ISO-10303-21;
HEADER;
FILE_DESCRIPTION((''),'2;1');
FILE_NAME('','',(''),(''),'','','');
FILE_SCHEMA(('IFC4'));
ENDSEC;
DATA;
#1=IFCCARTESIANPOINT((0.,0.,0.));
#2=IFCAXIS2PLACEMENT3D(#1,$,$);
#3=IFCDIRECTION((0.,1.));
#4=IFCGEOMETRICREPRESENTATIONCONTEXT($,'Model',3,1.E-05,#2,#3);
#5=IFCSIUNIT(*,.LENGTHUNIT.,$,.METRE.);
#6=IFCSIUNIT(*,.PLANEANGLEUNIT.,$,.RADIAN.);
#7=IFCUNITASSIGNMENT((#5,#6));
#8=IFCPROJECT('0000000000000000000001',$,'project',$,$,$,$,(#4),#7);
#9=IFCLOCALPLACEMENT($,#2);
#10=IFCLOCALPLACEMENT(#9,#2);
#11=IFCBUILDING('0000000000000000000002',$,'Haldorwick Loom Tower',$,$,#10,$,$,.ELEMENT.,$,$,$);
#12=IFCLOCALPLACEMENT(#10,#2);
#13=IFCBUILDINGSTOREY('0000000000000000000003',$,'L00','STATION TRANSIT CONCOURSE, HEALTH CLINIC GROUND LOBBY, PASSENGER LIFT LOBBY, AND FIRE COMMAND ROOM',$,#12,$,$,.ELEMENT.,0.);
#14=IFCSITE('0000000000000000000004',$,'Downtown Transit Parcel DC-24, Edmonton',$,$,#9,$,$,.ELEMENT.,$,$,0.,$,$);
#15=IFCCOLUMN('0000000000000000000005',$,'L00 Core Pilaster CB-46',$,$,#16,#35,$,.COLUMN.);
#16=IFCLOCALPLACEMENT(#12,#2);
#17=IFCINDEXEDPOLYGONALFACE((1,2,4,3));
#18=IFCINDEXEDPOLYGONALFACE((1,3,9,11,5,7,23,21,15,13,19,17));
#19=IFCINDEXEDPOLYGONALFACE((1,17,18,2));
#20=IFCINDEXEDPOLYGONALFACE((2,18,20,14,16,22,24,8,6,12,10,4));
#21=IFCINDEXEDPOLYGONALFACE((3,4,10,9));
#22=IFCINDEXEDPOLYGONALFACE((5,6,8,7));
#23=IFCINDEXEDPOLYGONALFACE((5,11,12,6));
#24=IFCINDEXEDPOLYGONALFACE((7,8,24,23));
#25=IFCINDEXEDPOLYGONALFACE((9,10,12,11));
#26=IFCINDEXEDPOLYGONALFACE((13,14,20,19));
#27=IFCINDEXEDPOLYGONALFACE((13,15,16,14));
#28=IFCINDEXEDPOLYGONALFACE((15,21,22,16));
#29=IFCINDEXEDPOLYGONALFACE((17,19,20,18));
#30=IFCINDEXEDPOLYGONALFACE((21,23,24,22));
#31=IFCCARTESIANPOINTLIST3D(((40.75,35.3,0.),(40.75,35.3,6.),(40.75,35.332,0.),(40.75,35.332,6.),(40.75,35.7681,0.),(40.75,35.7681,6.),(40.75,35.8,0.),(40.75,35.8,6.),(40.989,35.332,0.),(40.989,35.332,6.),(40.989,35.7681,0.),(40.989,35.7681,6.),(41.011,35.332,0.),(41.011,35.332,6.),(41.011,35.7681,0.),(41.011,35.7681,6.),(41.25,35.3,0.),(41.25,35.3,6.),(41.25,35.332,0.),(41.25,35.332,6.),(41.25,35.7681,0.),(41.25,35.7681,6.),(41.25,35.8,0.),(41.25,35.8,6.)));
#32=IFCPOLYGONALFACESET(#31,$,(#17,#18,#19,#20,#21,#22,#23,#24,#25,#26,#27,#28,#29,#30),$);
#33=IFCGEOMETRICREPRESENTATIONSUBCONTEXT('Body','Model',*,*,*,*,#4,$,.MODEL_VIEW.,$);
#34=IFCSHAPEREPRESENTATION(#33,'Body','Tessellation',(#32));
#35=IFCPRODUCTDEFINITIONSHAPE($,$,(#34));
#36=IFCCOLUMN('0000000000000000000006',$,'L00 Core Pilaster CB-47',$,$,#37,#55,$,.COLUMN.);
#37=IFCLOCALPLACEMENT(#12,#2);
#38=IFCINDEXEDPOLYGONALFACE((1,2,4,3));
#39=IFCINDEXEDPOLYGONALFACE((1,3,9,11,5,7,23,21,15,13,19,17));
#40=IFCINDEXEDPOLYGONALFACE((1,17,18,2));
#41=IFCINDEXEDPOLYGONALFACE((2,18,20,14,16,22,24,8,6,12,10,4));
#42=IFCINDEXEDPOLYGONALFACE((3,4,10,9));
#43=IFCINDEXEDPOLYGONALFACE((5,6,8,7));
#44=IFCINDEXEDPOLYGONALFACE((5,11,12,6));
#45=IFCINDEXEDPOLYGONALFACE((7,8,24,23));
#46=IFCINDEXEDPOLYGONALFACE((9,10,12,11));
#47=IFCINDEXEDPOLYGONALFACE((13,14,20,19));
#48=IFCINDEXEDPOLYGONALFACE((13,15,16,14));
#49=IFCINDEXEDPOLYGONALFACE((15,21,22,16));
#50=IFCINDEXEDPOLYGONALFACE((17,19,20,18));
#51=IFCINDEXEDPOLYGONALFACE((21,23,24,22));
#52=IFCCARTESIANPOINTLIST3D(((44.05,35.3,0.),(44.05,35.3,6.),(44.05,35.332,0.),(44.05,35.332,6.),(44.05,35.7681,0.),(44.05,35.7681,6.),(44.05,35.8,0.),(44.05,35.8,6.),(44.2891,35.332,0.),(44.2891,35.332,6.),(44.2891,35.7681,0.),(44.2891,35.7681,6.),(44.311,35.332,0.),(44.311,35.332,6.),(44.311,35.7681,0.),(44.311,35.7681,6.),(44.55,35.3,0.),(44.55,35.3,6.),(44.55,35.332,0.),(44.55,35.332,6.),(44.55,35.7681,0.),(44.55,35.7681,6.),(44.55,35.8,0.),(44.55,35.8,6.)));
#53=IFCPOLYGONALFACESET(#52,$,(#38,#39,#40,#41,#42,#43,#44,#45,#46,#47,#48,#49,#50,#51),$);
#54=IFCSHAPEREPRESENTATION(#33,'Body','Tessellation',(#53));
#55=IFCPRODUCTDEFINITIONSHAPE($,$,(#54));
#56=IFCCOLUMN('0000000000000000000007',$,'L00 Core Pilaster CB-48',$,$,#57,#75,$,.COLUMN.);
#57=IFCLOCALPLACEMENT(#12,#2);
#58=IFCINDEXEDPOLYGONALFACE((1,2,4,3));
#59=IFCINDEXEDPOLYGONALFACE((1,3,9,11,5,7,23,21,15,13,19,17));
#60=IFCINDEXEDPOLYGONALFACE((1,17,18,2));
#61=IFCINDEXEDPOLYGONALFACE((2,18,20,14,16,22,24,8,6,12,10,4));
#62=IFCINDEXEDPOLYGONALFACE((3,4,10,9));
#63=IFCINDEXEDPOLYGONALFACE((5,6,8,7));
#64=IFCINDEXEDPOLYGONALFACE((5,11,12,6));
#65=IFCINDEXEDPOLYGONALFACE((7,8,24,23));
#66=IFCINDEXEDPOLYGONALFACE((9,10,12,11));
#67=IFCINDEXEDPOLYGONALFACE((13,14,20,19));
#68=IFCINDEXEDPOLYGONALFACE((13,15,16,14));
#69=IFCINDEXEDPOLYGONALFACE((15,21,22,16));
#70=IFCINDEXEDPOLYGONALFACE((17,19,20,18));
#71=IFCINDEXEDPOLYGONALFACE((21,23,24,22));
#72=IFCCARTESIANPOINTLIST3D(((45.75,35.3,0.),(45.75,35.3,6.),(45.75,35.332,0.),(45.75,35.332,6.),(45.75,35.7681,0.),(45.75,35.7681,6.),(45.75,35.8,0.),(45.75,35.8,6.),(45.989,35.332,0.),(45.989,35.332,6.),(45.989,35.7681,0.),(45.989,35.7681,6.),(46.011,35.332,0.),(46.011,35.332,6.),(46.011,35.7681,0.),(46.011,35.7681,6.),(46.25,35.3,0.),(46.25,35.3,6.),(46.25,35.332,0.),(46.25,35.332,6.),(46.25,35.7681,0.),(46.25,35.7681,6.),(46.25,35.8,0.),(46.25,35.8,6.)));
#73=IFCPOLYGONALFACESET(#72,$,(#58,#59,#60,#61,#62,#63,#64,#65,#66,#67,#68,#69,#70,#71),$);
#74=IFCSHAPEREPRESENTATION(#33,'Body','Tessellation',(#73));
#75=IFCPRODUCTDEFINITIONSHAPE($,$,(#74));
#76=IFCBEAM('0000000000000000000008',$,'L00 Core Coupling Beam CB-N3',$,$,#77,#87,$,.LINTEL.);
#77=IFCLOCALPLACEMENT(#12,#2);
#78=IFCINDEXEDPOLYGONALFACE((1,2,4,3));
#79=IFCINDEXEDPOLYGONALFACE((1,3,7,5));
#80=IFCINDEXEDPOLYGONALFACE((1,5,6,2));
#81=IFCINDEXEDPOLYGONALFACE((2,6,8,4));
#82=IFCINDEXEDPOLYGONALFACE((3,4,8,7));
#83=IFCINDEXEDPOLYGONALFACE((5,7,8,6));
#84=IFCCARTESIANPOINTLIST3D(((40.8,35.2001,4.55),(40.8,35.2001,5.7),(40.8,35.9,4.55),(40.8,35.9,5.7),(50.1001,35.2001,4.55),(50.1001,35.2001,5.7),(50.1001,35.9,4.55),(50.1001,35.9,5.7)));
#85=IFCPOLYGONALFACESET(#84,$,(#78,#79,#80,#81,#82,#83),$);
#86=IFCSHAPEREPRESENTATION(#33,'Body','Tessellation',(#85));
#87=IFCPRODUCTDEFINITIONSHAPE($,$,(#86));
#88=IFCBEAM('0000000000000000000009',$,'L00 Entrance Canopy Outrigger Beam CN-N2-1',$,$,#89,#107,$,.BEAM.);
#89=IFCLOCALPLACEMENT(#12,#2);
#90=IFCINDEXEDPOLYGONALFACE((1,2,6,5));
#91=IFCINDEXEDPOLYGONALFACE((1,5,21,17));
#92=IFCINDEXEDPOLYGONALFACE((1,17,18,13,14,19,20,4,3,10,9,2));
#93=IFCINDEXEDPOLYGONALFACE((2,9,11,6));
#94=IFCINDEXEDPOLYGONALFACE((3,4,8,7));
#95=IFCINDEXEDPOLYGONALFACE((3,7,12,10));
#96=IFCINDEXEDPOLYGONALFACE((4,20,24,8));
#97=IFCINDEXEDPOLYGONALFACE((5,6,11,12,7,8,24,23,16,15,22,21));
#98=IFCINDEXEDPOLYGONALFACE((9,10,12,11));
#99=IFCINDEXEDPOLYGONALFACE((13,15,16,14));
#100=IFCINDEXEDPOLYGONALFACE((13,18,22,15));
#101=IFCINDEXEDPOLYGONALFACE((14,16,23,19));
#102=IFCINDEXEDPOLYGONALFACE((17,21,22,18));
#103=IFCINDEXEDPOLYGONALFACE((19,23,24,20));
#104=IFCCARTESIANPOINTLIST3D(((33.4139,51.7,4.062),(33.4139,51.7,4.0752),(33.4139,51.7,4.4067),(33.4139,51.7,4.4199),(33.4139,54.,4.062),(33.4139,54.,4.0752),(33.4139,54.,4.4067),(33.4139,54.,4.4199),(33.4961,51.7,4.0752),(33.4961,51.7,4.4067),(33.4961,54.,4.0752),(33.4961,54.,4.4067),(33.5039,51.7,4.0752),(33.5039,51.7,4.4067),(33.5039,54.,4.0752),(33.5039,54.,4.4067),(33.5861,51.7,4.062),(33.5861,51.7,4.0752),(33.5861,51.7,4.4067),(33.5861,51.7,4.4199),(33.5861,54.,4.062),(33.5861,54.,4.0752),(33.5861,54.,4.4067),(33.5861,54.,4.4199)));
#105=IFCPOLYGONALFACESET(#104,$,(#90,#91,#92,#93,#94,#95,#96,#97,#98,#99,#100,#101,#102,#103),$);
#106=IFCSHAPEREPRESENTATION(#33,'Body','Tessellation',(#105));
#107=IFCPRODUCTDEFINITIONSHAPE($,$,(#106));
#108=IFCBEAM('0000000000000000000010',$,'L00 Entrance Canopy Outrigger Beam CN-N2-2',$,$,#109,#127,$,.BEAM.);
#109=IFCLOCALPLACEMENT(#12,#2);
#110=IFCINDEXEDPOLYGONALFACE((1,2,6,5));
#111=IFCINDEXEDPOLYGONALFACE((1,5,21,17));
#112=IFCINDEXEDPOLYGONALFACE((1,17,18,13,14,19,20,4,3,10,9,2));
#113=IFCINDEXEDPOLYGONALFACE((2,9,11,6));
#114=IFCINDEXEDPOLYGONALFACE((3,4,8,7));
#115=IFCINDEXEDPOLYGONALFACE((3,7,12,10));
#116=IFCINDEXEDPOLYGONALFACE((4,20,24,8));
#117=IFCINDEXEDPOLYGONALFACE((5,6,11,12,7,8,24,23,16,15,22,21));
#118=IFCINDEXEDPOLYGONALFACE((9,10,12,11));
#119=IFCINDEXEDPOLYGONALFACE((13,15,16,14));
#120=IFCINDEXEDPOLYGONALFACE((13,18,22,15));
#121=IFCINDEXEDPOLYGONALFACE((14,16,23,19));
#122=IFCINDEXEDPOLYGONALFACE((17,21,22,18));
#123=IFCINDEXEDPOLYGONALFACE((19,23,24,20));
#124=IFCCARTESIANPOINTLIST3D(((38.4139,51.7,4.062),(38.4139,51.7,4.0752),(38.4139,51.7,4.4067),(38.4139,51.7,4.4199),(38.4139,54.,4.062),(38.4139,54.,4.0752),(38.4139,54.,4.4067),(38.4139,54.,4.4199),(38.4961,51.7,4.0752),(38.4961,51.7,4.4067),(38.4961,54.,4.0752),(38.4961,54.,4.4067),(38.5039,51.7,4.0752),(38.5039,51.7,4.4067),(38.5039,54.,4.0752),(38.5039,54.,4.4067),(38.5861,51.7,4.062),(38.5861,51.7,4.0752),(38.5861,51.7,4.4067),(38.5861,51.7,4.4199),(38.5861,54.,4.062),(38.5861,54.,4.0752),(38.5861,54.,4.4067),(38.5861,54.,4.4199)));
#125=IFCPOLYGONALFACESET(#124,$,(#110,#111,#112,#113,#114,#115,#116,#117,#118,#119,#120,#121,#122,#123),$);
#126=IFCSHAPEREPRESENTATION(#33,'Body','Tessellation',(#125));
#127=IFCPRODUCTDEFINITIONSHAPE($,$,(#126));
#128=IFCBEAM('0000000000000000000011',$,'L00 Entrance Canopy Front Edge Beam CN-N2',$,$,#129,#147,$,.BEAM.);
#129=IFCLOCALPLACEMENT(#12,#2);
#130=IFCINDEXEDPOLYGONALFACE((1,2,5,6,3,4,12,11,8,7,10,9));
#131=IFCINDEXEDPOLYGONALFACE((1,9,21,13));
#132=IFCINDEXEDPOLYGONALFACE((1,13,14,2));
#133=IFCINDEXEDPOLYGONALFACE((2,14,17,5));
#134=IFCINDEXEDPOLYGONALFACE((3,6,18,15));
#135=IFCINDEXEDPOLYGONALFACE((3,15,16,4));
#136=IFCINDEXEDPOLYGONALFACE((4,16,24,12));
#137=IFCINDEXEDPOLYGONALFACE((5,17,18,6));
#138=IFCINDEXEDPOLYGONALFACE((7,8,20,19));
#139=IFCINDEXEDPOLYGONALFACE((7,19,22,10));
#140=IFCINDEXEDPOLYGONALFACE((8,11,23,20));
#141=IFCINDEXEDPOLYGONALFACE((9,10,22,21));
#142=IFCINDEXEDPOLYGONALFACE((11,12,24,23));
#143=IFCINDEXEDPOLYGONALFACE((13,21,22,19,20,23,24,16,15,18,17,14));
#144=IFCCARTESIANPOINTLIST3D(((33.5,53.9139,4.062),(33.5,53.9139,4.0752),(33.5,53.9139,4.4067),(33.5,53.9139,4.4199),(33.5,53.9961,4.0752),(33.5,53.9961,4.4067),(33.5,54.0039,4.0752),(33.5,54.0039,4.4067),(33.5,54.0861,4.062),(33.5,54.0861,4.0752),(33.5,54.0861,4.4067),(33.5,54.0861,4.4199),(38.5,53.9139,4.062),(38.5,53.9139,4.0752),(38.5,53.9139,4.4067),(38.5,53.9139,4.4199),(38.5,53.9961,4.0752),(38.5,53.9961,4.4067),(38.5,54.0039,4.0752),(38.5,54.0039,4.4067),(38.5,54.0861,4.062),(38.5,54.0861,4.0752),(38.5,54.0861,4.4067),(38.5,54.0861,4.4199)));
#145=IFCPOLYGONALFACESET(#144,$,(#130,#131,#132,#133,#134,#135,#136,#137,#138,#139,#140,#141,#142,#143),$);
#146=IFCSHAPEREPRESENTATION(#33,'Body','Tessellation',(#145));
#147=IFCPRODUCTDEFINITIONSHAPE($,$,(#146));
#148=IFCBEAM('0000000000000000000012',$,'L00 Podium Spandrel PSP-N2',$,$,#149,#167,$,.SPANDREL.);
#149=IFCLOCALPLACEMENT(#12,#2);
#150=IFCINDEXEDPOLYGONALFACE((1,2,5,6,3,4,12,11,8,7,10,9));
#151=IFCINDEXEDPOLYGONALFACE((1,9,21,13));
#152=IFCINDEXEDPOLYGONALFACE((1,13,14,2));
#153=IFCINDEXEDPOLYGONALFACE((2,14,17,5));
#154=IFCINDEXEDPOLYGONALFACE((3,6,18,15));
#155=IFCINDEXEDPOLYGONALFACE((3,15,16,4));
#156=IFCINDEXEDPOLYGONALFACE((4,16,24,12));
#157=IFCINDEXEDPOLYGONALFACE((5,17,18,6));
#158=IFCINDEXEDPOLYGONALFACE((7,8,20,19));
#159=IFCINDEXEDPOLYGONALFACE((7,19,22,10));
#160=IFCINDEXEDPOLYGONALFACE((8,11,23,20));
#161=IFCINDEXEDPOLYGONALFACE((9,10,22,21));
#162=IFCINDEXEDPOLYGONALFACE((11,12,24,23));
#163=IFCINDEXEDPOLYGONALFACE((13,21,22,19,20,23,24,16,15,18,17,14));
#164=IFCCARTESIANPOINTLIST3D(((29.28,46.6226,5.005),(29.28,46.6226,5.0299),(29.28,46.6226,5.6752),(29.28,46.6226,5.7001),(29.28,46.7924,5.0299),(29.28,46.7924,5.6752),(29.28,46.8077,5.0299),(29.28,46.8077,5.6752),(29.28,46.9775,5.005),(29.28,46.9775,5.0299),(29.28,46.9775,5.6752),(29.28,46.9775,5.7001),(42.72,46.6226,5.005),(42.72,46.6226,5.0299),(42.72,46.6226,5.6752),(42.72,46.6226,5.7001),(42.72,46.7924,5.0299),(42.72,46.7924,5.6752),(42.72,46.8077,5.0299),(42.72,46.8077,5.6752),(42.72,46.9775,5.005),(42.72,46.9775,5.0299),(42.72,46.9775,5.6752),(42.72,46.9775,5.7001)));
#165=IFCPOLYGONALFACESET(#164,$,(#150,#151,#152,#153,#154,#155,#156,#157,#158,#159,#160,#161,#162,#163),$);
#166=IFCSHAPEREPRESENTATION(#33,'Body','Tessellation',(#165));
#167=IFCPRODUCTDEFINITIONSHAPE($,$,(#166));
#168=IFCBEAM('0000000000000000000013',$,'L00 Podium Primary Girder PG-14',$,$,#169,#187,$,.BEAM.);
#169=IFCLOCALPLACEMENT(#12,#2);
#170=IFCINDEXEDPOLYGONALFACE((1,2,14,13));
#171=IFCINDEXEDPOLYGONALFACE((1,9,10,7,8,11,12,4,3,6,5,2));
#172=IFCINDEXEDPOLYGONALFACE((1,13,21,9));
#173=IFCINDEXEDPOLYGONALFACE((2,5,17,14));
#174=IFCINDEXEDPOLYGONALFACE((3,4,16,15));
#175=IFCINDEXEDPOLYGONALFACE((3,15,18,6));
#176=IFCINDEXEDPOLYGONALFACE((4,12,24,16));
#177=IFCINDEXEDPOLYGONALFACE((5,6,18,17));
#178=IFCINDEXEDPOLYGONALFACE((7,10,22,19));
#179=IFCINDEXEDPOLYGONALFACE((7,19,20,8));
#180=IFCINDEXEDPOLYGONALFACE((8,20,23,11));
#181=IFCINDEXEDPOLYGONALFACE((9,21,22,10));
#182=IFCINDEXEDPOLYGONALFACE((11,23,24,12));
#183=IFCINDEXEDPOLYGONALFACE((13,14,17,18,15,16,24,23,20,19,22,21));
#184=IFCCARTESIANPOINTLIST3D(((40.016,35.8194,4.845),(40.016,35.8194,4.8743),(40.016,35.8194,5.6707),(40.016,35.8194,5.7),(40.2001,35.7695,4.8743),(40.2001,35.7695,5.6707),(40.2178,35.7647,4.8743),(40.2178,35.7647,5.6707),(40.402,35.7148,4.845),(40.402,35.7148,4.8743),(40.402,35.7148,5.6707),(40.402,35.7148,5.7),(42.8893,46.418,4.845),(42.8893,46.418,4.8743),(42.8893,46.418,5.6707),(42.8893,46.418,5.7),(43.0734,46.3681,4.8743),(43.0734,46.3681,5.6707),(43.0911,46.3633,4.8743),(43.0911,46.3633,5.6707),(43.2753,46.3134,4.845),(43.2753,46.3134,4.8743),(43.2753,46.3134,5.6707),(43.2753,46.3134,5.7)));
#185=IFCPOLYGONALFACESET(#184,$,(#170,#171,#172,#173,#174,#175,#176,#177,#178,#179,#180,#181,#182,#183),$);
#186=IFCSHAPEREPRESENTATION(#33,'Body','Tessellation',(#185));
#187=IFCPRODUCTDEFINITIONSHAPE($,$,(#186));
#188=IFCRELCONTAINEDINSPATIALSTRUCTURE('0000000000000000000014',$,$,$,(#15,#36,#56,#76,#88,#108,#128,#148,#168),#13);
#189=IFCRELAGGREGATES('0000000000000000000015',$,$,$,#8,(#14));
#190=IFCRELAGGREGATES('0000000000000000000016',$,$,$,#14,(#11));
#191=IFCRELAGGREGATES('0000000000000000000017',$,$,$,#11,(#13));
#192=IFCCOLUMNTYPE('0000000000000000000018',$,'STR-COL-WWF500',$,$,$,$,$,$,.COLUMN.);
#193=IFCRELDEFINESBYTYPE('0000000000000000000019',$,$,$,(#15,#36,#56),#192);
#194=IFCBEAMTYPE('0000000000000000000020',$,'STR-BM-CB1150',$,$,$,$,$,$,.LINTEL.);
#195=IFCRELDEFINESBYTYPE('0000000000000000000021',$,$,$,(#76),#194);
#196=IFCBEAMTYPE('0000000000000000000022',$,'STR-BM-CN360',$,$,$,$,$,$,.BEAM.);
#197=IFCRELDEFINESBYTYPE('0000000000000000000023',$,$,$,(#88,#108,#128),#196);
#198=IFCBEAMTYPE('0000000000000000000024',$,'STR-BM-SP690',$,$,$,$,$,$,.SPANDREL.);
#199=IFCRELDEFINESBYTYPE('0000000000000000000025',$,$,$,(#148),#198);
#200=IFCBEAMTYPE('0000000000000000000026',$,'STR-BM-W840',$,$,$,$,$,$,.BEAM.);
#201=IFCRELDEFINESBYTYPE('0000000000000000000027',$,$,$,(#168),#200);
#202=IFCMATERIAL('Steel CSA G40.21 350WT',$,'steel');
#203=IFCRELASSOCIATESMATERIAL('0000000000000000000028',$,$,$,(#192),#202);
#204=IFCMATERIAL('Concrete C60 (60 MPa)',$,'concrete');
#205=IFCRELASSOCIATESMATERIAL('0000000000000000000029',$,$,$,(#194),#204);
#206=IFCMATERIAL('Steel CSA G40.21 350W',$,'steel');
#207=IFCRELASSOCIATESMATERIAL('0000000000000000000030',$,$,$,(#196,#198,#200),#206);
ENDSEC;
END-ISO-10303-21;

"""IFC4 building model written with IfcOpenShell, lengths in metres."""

from ifc_helpers import new_model, si_unit, direction, frame, origin, origin_2d, place, context, subcontext, project, spatial, rectangle, i_section, extrude, material, material_profile, profile_set, type_object, element, save


model = new_model("IFC4")

# Units and contexts
model_context = context("Model", 3, precision=1e-05, world=origin(), true_north=direction((0.0, 1.0)))
body_context = subcontext(model_context, "Body", "Model", "MODEL_VIEW")
ifc_project = project(units=[si_unit("LENGTHUNIT", "METRE"), si_unit("PLANEANGLEUNIT", "RADIAN")], contexts=[model_context])

# Site, building, storey
site_placement = place(None, origin())
site = spatial("IfcSite", under=ifc_project, at=site_placement, Name="Downtown Transit Parcel DC-24, Edmonton", CompositionType="ELEMENT", RefElevation=0.0)
building_placement = place(site_placement, origin())
building = spatial("IfcBuilding", under=site, at=building_placement, Name="Haldorwick Loom Tower", CompositionType="ELEMENT")
storey_placement = place(building_placement, origin())
storey = spatial("IfcBuildingStorey", under=building, at=storey_placement, Name="L00", Description="STATION TRANSIT CONCOURSE, HEALTH CLINIC GROUND LOBBY, PASSENGER LIFT LOBBY, AND FIRE COMMAND ROOM", CompositionType="ELEMENT", Elevation=0.0)

# Columns
ifc_material_1 = material(Name="Steel CSA G40.21 350W", Category="steel")
ifc_material_2 = material(Name="Concrete C60 (60 MPa)", Category="concrete")
ifc_material_3 = material(Name="Steel CSA G40.21 350WT", Category="steel")
ifc_material_profile_1 = material_profile(ifc_material_3, i_section(OverallWidth=0.5, OverallDepth=0.5, WebThickness=0.022, FlangeThickness=0.032, at=origin_2d()), Name="WWF500X500", Category="steel")
ifc_profile_set_1 = profile_set([ifc_material_profile_1], Name="Steel CSA G40.21 350WT")
column_type_1 = type_object("IfcColumnType", Name="STR-COL-WWF500", PredefinedType="COLUMN", material=ifc_profile_set_1)
for number, where, z_axis, x_axis, name in (
    (1, (41.0, 35.55, 0.0), (0.0, 0.0, 1.0), (1.0, 0.0, 0.0), "L00 Core Pilaster CB-46"),
    (2, (44.3, 35.55, 0.0), (0.0, 0.0, 1.0), (1.0, 0.0, 0.0), "L00 Core Pilaster CB-47"),
    (3, (46.0, 35.55, 0.0), (0.0, 0.0, 1.0), (1.0, 0.0, 0.0), "L00 Core Pilaster CB-48"),
):
    element("IfcColumn", number, at=place(storey_placement, frame(where, z_axis=z_axis, x_axis=x_axis)), inside=storey, type_object=column_type_1, Name=name, PredefinedType="COLUMN", context=body_context, shape_type="SweptSolid", body=[
        extrude(i_section(OverallWidth=0.5, OverallDepth=0.5, WebThickness=0.022, FlangeThickness=0.032, at=origin_2d()), origin(), (0.0, 0.0, 1.0), 6.0),
    ])

# Beams
ifc_material_profile_2 = material_profile(ifc_material_2, rectangle(XDim=0.7, YDim=1.1499, at=origin_2d()), Name="RC700X1150", Category="concrete")
ifc_profile_set_2 = profile_set([ifc_material_profile_2], Name="Concrete C60 (60 MPa)")
beam_type_1 = type_object("IfcBeamType", Name="STR-BM-CB1150", PredefinedType="LINTEL", material=ifc_profile_set_2)
beam_1_placement = place(storey_placement, frame((40.8, 35.55, 5.125), z_axis=(1.0, 0.0, 0.0), x_axis=(0.0, 1.0, 0.0)))
element("IfcBeam", 4, at=beam_1_placement, inside=storey, type_object=beam_type_1, Name="L00 Core Coupling Beam CB-N3", PredefinedType="LINTEL", context=body_context, shape_type="SweptSolid", body=[
    extrude(rectangle(XDim=0.7, YDim=1.1499, at=origin_2d()), origin(), (0.0, 0.0, 1.0), 9.3),
])
ifc_material_profile_3 = material_profile(ifc_material_1, i_section(OverallWidth=0.1721, OverallDepth=0.3579, WebThickness=0.0078, FlangeThickness=0.0132, at=origin_2d()), Name="W360X57", Category="steel")
ifc_profile_set_3 = profile_set([ifc_material_profile_3], Name="Steel CSA G40.21 350W")
beam_type_2 = type_object("IfcBeamType", Name="STR-BM-CN360", PredefinedType="BEAM", material=ifc_profile_set_3)
for number, where, z_axis, x_axis, name in (
    (5, (33.5, 51.7, 4.241), (0.0, 1.0, 0.0), (-1.0, 0.0, 0.0), "L00 Entrance Canopy Outrigger Beam CN-N2-1"),
    (6, (38.5, 51.7, 4.241), (0.0, 1.0, 0.0), (-1.0, 0.0, 0.0), "L00 Entrance Canopy Outrigger Beam CN-N2-2"),
):
    element("IfcBeam", number, at=place(storey_placement, frame(where, z_axis=z_axis, x_axis=x_axis)), inside=storey, type_object=beam_type_2, Name=name, PredefinedType="BEAM", context=body_context, shape_type="SweptSolid", body=[
        extrude(i_section(OverallWidth=0.1721, OverallDepth=0.3579, WebThickness=0.0078, FlangeThickness=0.0132, at=origin_2d()), origin(), (0.0, 0.0, 1.0), 2.3),
    ])
beam_2_placement = place(storey_placement, frame((33.5, 54.0, 4.241), z_axis=(1.0, 0.0, 0.0), x_axis=(0.0, 1.0, 0.0)))
element("IfcBeam", 7, at=beam_2_placement, inside=storey, type_object=beam_type_2, Name="L00 Entrance Canopy Front Edge Beam CN-N2", PredefinedType="BEAM", context=body_context, shape_type="SweptSolid", body=[
    extrude(i_section(OverallWidth=0.1721, OverallDepth=0.3579, WebThickness=0.0078, FlangeThickness=0.0132, at=origin_2d()), origin(), (0.0, 0.0, 1.0), 5.0),
])
ifc_material_profile_4 = material_profile(ifc_material_1, i_section(OverallWidth=0.355, OverallDepth=0.6951, WebThickness=0.0154, FlangeThickness=0.0249, at=origin_2d()), Name="W690X217", Category="steel")
ifc_profile_set_4 = profile_set([ifc_material_profile_4], Name="Steel CSA G40.21 350W")
beam_type_3 = type_object("IfcBeamType", Name="STR-BM-SP690", PredefinedType="SPANDREL", material=ifc_profile_set_4)
beam_3_placement = place(storey_placement, frame((42.72, 46.8, 5.3525), z_axis=(-1.0, 0.0, 0.0), x_axis=(0.0, -1.0, 0.0)))
element("IfcBeam", 8, at=beam_3_placement, inside=storey, type_object=beam_type_3, Name="L00 Podium Spandrel PSP-N2", PredefinedType="SPANDREL", context=body_context, shape_type="SweptSolid", body=[
    extrude(i_section(OverallWidth=0.355, OverallDepth=0.6951, WebThickness=0.0154, FlangeThickness=0.0249, at=origin_2d()), origin(), (0.0, 0.0, 1.0), 13.4399),
])
ifc_material_profile_5 = material_profile(ifc_material_1, i_section(OverallWidth=0.3999, OverallDepth=0.855, WebThickness=0.0183, FlangeThickness=0.0293, at=origin_2d()), Name="W840X299", Category="steel")
ifc_profile_set_5 = profile_set([ifc_material_profile_5], Name="Steel CSA G40.21 350W")
beam_type_4 = type_object("IfcBeamType", Name="STR-BM-W840", PredefinedType="BEAM", material=ifc_profile_set_5)
beam_4_placement = place(storey_placement, frame((43.0823, 46.3657, 5.2725), z_axis=(-0.261655, -0.965161, 0.0), x_axis=(0.965161, -0.261655, 0.0)))
element("IfcBeam", 9, at=beam_4_placement, inside=storey, type_object=beam_type_4, Name="L00 Podium Primary Girder PG-14", PredefinedType="BEAM", context=body_context, shape_type="SweptSolid", body=[
    extrude(i_section(OverallWidth=0.3999, OverallDepth=0.855, WebThickness=0.0183, FlangeThickness=0.0293, at=origin_2d()), origin(), (0.0, 0.0, 1.0), 10.9812),
])

save(model, "model.ifc")
